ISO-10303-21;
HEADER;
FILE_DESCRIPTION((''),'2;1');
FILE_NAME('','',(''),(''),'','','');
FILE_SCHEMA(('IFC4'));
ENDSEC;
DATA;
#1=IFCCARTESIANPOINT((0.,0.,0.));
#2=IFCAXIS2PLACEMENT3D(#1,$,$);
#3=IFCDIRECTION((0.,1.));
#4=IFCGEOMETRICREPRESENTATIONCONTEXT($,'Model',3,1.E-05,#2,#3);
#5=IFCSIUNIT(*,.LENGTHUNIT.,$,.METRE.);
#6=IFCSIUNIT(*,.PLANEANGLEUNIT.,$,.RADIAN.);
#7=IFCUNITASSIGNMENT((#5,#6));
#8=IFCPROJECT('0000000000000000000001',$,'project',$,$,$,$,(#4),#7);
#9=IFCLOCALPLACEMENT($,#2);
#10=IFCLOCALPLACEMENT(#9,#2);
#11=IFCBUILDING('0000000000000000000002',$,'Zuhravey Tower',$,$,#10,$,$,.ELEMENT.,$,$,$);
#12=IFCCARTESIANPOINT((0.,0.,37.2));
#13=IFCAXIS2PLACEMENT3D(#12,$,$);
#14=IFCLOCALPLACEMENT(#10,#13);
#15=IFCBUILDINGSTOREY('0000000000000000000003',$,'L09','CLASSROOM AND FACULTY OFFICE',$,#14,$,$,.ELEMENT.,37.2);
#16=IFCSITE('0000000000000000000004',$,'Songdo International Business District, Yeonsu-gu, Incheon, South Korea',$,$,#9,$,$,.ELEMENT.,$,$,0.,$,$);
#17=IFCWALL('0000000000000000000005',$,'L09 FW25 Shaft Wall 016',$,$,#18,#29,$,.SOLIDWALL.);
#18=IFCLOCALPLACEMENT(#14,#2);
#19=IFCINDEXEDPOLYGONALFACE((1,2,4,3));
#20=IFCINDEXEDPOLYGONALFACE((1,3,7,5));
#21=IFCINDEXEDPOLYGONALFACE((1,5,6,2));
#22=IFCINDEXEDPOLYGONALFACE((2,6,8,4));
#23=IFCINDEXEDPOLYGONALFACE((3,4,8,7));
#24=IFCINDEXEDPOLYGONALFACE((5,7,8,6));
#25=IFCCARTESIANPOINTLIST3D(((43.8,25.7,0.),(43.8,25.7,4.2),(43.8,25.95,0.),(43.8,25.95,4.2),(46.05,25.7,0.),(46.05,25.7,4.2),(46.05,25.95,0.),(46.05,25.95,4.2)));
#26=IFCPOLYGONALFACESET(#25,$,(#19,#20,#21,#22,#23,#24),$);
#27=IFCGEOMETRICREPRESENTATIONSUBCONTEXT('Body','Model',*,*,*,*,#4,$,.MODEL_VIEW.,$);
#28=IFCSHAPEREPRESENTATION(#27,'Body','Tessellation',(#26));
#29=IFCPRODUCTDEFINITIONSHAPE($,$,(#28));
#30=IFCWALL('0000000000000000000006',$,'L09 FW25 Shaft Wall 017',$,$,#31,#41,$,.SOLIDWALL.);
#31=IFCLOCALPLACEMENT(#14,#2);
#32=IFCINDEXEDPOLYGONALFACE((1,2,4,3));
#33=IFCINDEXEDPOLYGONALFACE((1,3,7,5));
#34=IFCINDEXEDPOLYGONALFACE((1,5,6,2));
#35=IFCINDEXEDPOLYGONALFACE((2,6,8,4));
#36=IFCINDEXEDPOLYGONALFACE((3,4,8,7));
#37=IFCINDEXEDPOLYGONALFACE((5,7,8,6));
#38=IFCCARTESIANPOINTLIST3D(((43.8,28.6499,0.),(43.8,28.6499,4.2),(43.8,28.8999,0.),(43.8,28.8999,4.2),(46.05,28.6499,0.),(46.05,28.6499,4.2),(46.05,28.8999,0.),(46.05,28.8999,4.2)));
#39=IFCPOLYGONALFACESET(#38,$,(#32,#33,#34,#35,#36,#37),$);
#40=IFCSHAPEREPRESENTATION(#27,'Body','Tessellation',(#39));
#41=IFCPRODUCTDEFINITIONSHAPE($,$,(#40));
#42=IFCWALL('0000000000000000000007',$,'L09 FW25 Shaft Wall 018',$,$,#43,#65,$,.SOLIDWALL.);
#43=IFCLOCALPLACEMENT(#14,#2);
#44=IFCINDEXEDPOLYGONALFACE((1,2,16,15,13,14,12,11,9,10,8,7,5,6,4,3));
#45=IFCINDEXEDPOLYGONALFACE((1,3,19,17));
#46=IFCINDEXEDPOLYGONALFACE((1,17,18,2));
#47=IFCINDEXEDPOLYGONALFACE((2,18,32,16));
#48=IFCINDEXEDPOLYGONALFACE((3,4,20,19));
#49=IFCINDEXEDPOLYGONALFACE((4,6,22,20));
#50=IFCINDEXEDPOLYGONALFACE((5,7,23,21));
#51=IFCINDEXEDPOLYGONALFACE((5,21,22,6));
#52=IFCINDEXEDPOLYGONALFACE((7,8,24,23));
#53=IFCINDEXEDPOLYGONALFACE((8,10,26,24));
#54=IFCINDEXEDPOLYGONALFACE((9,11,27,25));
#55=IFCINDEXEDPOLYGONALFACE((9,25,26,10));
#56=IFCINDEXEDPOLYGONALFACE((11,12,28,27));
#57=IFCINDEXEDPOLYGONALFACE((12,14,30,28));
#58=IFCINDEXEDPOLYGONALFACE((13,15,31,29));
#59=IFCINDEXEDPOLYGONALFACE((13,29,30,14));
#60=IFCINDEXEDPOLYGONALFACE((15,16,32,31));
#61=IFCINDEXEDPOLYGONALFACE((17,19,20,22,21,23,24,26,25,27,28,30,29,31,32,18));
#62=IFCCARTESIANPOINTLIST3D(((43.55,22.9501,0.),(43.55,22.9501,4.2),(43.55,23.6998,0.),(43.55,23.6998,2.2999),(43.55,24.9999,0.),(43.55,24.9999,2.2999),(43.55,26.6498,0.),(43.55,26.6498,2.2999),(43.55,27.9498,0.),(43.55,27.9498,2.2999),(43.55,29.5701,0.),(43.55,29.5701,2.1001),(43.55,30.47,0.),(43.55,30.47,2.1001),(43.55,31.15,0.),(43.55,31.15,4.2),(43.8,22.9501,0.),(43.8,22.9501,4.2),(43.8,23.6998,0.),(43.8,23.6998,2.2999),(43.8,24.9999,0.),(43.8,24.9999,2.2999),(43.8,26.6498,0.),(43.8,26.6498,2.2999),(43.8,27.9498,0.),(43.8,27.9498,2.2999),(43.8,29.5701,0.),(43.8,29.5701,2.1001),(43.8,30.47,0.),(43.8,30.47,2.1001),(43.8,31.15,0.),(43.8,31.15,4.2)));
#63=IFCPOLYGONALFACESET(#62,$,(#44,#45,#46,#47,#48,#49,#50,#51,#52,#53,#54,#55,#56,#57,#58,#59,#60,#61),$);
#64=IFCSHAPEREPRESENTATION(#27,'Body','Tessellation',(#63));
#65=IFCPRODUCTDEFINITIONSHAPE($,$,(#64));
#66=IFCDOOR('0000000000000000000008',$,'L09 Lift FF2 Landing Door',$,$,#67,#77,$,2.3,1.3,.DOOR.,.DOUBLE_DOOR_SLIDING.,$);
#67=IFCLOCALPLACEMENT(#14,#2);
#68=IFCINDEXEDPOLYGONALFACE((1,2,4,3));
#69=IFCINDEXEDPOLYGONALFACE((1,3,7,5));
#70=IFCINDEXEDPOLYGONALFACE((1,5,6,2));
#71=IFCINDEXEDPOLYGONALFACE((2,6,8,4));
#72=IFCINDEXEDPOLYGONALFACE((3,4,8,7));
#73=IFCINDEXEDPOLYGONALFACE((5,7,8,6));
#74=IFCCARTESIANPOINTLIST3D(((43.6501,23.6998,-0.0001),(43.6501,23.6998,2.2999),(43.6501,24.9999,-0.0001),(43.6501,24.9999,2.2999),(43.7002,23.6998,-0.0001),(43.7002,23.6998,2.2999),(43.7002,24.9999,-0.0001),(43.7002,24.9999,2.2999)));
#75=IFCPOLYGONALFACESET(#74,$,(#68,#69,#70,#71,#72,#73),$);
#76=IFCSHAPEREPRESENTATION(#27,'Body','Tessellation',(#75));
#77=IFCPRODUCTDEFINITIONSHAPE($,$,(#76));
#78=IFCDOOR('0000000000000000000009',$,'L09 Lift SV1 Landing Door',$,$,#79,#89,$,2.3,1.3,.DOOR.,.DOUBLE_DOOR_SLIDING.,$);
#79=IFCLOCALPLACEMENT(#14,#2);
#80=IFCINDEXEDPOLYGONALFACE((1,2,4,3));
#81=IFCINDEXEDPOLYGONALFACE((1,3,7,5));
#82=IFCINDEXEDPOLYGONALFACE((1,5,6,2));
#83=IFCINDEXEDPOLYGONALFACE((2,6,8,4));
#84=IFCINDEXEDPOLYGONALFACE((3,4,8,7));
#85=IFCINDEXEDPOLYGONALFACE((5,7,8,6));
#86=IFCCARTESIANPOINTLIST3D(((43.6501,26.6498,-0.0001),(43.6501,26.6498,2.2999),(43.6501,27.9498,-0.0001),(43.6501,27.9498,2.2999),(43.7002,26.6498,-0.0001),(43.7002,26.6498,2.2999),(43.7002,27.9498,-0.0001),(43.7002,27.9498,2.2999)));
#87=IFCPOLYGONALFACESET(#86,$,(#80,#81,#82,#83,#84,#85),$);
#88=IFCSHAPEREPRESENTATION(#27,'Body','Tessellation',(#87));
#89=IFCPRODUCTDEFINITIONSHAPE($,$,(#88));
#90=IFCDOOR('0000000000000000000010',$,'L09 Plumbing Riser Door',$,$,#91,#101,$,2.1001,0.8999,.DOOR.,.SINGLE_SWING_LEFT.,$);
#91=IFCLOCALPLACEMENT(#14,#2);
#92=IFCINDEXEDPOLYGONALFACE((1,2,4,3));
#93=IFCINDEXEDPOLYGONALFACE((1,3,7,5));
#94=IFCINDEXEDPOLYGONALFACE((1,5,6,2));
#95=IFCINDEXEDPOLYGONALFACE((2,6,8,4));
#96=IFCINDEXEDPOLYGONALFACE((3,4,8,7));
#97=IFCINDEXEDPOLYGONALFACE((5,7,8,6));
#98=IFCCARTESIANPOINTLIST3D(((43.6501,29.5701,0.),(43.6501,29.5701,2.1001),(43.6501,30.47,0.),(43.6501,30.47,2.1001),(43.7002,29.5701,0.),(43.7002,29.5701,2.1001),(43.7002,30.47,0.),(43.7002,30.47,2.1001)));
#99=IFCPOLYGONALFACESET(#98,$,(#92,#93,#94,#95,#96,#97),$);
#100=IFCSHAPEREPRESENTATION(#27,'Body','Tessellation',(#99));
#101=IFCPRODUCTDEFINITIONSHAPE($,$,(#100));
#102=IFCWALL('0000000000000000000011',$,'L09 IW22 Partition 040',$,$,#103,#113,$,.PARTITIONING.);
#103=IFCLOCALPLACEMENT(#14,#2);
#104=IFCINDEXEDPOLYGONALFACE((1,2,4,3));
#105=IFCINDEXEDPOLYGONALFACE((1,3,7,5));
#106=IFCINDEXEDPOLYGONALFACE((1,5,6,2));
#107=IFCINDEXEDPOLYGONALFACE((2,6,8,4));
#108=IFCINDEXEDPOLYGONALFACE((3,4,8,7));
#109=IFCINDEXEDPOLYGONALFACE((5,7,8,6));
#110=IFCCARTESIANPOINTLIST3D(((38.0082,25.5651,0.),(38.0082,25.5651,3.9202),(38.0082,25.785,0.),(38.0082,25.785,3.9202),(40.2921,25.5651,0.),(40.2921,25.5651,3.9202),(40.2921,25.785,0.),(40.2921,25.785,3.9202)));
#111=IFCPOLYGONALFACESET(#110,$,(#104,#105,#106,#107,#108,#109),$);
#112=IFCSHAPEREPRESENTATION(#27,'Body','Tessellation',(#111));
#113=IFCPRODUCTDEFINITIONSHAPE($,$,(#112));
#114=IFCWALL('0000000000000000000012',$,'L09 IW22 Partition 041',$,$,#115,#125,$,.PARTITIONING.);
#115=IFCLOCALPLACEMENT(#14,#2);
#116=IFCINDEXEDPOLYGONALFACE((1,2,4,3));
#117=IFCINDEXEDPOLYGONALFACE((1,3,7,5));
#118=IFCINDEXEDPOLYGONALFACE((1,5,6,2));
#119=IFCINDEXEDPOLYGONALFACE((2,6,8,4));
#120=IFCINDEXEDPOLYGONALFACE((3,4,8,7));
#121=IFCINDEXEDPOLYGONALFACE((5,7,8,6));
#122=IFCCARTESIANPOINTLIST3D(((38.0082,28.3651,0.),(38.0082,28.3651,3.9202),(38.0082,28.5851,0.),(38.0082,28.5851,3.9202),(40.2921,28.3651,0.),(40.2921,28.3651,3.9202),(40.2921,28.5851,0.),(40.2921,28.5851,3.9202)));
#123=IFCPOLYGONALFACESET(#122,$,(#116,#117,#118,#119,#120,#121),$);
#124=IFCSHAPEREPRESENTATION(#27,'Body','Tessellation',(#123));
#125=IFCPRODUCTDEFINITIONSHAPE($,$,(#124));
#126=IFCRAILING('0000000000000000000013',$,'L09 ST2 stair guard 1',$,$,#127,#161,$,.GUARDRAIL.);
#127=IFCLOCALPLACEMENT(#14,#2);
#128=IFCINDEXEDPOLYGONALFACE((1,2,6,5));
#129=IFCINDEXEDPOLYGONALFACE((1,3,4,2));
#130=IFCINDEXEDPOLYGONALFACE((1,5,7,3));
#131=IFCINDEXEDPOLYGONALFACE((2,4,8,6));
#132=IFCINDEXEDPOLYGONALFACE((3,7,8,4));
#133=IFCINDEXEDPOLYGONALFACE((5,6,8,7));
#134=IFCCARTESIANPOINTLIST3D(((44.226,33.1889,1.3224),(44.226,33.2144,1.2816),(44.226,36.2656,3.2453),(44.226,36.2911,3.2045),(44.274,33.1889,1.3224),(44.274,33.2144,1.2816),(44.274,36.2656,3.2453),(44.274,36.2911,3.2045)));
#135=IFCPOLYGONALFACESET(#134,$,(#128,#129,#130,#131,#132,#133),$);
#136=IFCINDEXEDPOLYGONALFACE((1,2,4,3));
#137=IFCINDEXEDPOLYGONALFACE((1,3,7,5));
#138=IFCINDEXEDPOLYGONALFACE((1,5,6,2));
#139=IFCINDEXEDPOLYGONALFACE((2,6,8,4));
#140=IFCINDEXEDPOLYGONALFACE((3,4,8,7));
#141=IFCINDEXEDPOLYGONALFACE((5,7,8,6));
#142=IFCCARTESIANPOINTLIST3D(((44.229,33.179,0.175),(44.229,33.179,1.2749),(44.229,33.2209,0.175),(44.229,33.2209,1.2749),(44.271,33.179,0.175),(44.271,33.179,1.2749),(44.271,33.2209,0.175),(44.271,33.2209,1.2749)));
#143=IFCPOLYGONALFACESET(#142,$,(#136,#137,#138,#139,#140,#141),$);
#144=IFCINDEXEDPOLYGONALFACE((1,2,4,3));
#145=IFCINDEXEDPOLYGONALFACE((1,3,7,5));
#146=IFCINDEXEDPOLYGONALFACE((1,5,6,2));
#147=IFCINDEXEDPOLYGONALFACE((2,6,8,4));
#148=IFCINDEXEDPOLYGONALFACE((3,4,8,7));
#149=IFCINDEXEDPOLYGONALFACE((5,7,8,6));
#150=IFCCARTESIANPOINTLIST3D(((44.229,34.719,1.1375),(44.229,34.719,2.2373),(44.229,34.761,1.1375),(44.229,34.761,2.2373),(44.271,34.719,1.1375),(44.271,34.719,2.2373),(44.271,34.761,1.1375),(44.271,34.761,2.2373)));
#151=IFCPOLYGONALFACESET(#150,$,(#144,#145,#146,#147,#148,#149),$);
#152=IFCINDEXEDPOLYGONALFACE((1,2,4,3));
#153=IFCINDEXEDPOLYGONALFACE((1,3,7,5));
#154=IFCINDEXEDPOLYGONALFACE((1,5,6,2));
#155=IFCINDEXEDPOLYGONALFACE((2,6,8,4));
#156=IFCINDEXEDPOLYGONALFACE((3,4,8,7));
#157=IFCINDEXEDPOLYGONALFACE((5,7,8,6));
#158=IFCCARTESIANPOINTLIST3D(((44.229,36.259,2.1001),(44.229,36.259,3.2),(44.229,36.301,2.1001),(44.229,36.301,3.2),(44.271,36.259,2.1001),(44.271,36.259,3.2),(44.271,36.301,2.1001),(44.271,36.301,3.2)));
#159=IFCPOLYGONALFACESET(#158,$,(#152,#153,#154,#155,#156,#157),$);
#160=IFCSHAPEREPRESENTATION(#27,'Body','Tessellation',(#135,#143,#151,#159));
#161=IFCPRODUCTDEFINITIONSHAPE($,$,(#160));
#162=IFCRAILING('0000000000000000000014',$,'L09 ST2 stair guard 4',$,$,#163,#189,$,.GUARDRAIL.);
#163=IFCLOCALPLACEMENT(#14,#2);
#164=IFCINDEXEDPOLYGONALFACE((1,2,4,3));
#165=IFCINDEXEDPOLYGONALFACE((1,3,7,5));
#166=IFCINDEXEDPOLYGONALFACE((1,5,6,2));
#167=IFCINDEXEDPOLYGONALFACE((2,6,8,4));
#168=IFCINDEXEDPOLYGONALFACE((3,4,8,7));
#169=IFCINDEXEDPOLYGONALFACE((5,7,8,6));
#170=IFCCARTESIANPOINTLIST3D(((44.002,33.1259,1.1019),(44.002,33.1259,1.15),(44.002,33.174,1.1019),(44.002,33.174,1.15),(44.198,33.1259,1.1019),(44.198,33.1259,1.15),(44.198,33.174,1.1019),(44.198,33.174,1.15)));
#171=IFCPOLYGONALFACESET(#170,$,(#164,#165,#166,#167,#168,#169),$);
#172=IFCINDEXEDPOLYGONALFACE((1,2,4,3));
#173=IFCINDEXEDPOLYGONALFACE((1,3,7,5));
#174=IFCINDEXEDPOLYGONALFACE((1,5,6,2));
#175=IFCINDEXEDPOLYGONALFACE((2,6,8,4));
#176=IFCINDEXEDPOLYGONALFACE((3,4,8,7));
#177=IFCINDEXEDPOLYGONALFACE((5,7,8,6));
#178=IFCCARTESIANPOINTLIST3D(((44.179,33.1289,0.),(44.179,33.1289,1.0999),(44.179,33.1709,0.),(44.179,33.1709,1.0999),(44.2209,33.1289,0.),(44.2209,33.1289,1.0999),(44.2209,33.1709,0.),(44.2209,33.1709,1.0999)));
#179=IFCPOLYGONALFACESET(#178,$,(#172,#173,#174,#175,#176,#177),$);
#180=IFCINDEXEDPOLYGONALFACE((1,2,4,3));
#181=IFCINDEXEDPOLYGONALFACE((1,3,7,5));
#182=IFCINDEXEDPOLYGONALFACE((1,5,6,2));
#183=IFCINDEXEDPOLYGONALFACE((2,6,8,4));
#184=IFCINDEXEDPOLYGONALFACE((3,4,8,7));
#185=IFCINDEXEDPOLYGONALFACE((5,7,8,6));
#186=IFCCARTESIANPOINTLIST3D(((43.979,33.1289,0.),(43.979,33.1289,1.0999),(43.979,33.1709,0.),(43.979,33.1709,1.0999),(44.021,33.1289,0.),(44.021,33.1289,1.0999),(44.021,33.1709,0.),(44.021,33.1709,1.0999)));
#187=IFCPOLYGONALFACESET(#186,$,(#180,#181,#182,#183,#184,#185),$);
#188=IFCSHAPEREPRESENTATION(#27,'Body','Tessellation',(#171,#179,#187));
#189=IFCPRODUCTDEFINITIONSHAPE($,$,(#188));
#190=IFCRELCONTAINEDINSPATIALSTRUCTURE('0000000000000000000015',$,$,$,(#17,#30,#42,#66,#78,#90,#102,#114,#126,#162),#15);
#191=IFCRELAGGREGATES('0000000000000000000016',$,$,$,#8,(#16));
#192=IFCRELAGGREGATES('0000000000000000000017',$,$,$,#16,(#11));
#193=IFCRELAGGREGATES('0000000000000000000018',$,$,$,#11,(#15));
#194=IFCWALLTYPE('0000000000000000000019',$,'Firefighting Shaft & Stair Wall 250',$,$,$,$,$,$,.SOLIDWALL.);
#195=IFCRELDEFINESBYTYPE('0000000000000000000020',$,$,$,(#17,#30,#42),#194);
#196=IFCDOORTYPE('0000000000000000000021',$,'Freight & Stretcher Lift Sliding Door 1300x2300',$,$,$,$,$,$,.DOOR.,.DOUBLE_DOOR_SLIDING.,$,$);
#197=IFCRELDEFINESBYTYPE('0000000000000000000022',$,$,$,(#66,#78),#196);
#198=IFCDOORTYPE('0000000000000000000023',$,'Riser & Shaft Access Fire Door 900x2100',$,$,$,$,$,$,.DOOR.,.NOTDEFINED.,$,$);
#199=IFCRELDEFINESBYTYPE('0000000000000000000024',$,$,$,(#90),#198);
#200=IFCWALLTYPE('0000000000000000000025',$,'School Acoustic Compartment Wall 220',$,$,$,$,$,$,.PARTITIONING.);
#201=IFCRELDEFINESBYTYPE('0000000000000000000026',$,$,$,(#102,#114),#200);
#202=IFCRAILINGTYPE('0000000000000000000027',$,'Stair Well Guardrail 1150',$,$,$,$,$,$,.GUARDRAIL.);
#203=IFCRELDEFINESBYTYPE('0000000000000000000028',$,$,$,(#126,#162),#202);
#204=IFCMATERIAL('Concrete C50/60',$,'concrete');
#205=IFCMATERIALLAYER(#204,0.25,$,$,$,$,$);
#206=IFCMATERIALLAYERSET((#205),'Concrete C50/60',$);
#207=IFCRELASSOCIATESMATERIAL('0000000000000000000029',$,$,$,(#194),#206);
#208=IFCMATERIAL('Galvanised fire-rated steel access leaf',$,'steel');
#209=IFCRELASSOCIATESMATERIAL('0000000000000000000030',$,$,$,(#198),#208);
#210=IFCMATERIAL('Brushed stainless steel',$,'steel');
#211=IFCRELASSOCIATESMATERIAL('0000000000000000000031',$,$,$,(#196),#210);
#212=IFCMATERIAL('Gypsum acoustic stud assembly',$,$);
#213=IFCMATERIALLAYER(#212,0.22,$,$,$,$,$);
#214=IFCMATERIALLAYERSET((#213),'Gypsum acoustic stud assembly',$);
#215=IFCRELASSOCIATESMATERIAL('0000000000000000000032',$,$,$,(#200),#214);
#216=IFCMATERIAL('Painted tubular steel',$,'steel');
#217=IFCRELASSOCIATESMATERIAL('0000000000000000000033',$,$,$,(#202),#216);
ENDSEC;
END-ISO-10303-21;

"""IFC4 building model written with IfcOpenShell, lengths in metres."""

from ifc_helpers import new_model, si_unit, direction, frame, frame_2d, origin, origin_2d, place, context, subcontext, project, spatial, rectangle, extrude, material, layer, layer_set, type_object, element, fill, save


model = new_model("IFC4")

# Units and contexts
model_context = context("Model", 3, precision=1e-05, world=origin(), true_north=direction((0.0, 1.0)))
body_context = subcontext(model_context, "Body", "Model", "MODEL_VIEW")
ifc_project = project(units=[si_unit("LENGTHUNIT", "METRE"), si_unit("PLANEANGLEUNIT", "RADIAN")], contexts=[model_context])

# Site, building, storey
site_placement = place(None, origin())
site = spatial("IfcSite", under=ifc_project, at=site_placement, Name="Songdo International Business District, Yeonsu-gu, Incheon, South Korea", CompositionType="ELEMENT", RefElevation=0.0)
building_placement = place(site_placement, origin())
building = spatial("IfcBuilding", under=site, at=building_placement, Name="Zuhravey Tower", CompositionType="ELEMENT")
storey_placement = place(building_placement, frame((0.0, 0.0, 37.2)))
storey = spatial("IfcBuildingStorey", under=building, at=storey_placement, Name="L09", Description="CLASSROOM AND FACULTY OFFICE", CompositionType="ELEMENT", Elevation=37.2)

# Shared definitions
ifc_material_1 = material(Name="Concrete C50/60", Category="concrete")
ifc_layer_1 = layer(ifc_material_1, 0.25)
ifc_layer_set_1 = layer_set([ifc_layer_1], Name="Concrete C50/60")
wall_type_1 = type_object("IfcWallType", Name="Firefighting Shaft & Stair Wall 250", PredefinedType="SOLIDWALL", material=ifc_layer_set_1)

# Shared definitions
ifc_material_2 = material(Name="Galvanised fire-rated steel access leaf", Category="steel")
door_type_1 = type_object("IfcDoorType", Name="Riser & Shaft Access Fire Door 900x2100", OperationType="NOTDEFINED", PredefinedType="DOOR", material=ifc_material_2)

# Walls
for number, where, z_axis, x_axis, name in (
    (1, (43.8, 25.825, 0.0), (0.0, 0.0, 1.0), (1.0, 0.0, 0.0), "L09 FW25 Shaft Wall 016"),
    (2, (43.8, 28.7749, 0.0), (0.0, 0.0, 1.0), (1.0, 0.0, 0.0), "L09 FW25 Shaft Wall 017"),
):
    element("IfcWall", number, at=place(storey_placement, frame(where, z_axis=z_axis, x_axis=x_axis)), inside=storey, type_object=wall_type_1, Name=name, PredefinedType="SOLIDWALL", context=body_context, shape_type="SweptSolid", body=[
        extrude(rectangle(XDim=2.25, YDim=0.25, at=frame_2d((1.125, 0.0))), origin(), (0.0, 0.0, 1.0), 4.2),
    ])

# Wall, openings, doors
wall_1_placement = place(storey_placement, frame((43.675, 22.95, 0.0), z_axis=(0.0, 0.0, 1.0), x_axis=(0.0, 1.0, 0.0)))
wall_1 = element("IfcWall", 3, at=wall_1_placement, inside=storey, type_object=wall_type_1, Name="L09 FW25 Shaft Wall 018", PredefinedType="SOLIDWALL", context=body_context, shape_type="SweptSolid", body=[
    extrude(rectangle(XDim=8.2, YDim=0.25, at=frame_2d((4.1001, 0.0))), origin(), (0.0, 0.0, 1.0), 4.2),
])
opening_1_placement = place(wall_1_placement, frame((0.75, 0.0, 0.0)))
opening_1 = element("IfcOpeningElement", 4, at=opening_1_placement, cuts=wall_1, PredefinedType="OPENING", context=body_context, shape_type="SweptSolid", body=[
    extrude(rectangle(XDim=1.3, YDim=2.3, at=frame_2d((0.6499, 1.1499))), frame((0.0, 0.137, 0.0), z_axis=(0.0, -1.0, 0.0), x_axis=(1.0, 0.0, 0.0)), (0.0, 0.0, 1.0), 0.2739),
])
opening_2_placement = place(wall_1_placement, frame((3.7, 0.0, 0.0)))
opening_2 = element("IfcOpeningElement", 5, at=opening_2_placement, cuts=wall_1, PredefinedType="OPENING", context=body_context, shape_type="SweptSolid", body=[
    extrude(rectangle(XDim=1.3, YDim=2.3, at=frame_2d((0.6499, 1.1499))), frame((0.0, 0.137, 0.0), z_axis=(0.0, -1.0, 0.0), x_axis=(1.0, 0.0, 0.0)), (0.0, 0.0, 1.0), 0.2739),
])
opening_3_placement = place(wall_1_placement, frame((6.6201, 0.0, 0.0)))
opening_3 = element("IfcOpeningElement", 6, at=opening_3_placement, cuts=wall_1, PredefinedType="OPENING", context=body_context, shape_type="SweptSolid", body=[
    extrude(rectangle(XDim=0.8999, YDim=2.1001, at=frame_2d((0.45, 1.05))), frame((0.0, 0.137, 0.0), z_axis=(0.0, -1.0, 0.0), x_axis=(1.0, 0.0, 0.0)), (0.0, 0.0, 1.0), 0.2739),
])
ifc_material_3 = material(Name="Brushed stainless steel", Category="steel")
door_type_2 = type_object("IfcDoorType", Name="Freight & Stretcher Lift Sliding Door 1300x2300", OperationType="DOUBLE_DOOR_SLIDING", PredefinedType="DOOR", material=ifc_material_3)
door_1_placement = place(opening_1_placement, origin())
door_1 = element("IfcDoor", 7, at=door_1_placement, inside=storey, type_object=door_type_2, Name="L09 Lift FF2 Landing Door", OperationType="DOUBLE_DOOR_SLIDING", OverallHeight=2.3, OverallWidth=1.3, PredefinedType="DOOR", context=body_context, shape_type="SweptSolid", body=[
    extrude(rectangle(XDim=1.3, YDim=2.3, at=frame_2d((0.6499, 1.1499))), frame((0.0, 0.0249, 0.0), z_axis=(0.0, -1.0, 0.0), x_axis=(1.0, 0.0, 0.0)), (0.0, 0.0, 1.0), 0.05),
])
fill(opening_1, door_1)
door_2_placement = place(opening_2_placement, origin())
door_2 = element("IfcDoor", 8, at=door_2_placement, inside=storey, type_object=door_type_2, Name="L09 Lift SV1 Landing Door", OperationType="DOUBLE_DOOR_SLIDING", OverallHeight=2.3, OverallWidth=1.3, PredefinedType="DOOR", context=body_context, shape_type="SweptSolid", body=[
    extrude(rectangle(XDim=1.3, YDim=2.3, at=frame_2d((0.6499, 1.1499))), frame((0.0, 0.0249, 0.0), z_axis=(0.0, -1.0, 0.0), x_axis=(1.0, 0.0, 0.0)), (0.0, 0.0, 1.0), 0.05),
])
fill(opening_2, door_2)
door_3_placement = place(opening_3_placement, origin())
door_3 = element("IfcDoor", 9, at=door_3_placement, inside=storey, type_object=door_type_1, Name="L09 Plumbing Riser Door", OperationType="SINGLE_SWING_LEFT", OverallHeight=2.1001, OverallWidth=0.8999, PredefinedType="DOOR", context=body_context, shape_type="SweptSolid", body=[
    extrude(rectangle(XDim=0.8999, YDim=2.1001, at=frame_2d((0.45, 1.05))), frame((0.0, 0.0249, 0.0), z_axis=(0.0, -1.0, 0.0), x_axis=(1.0, 0.0, 0.0)), (0.0, 0.0, 1.0), 0.05),
])
fill(opening_3, door_3)

# Walls
ifc_material_4 = material(Name="Gypsum acoustic stud assembly")
ifc_layer_2 = layer(ifc_material_4, 0.22)
ifc_layer_set_2 = layer_set([ifc_layer_2], Name="Gypsum acoustic stud assembly")
wall_type_2 = type_object("IfcWallType", Name="School Acoustic Compartment Wall 220", PredefinedType="PARTITIONING", material=ifc_layer_set_2)
for number, where, z_axis, x_axis, name in (
    (10, (38.0081, 25.675, 0.0), (0.0, 0.0, 1.0), (1.0, 0.0, 0.0), "L09 IW22 Partition 040"),
    (11, (38.0081, 28.4751, 0.0), (0.0, 0.0, 1.0), (1.0, 0.0, 0.0), "L09 IW22 Partition 041"),
):
    element("IfcWall", number, at=place(storey_placement, frame(where, z_axis=z_axis, x_axis=x_axis)), inside=storey, type_object=wall_type_2, Name=name, PredefinedType="PARTITIONING", context=body_context, shape_type="SweptSolid", body=[
        extrude(rectangle(XDim=2.2839, YDim=0.22, at=frame_2d((1.1421, 0.0))), origin(), (0.0, 0.0, 1.0), 3.9202),
    ])

# Railings
ifc_material_5 = material(Name="Painted tubular steel", Category="steel")
railing_type = type_object("IfcRailingType", Name="Stair Well Guardrail 1150", PredefinedType="GUARDRAIL", material=ifc_material_5)
railing_1_placement = place(storey_placement, frame((44.25, 33.2, 0.175)))
element("IfcRailing", 12, at=railing_1_placement, inside=storey, type_object=railing_type, Name="L09 ST2 stair guard 1", PredefinedType="GUARDRAIL", context=body_context, shape_type="SweptSolid", body=[
    extrude(rectangle(XDim=0.0481, YDim=0.0481, at=origin_2d()), frame((0.0, 0.0017, 1.127), z_axis=(0.0, 0.847998, 0.529999), x_axis=(-1.0, 0.0, 0.0)), (0.0, 0.0, 1.0), 3.6282),
    extrude(rectangle(XDim=0.042, YDim=0.042, at=origin_2d()), origin(), (0.0, 0.0, 1.0), 1.0999),
    extrude(rectangle(XDim=0.042, YDim=0.042, at=origin_2d()), frame((0.0, 1.54, 0.9624)), (0.0, 0.0, 1.0), 1.0999),
    extrude(rectangle(XDim=0.042, YDim=0.042, at=origin_2d()), frame((0.0, 3.0801, 1.925)), (0.0, 0.0, 1.0), 1.0999),
])
railing_2_placement = place(storey_placement, frame((44.2, 33.1499, 0.0)))
element("IfcRailing", 13, at=railing_2_placement, inside=storey, type_object=railing_type, Name="L09 ST2 stair guard 4", PredefinedType="GUARDRAIL", context=body_context, shape_type="SweptSolid", body=[
    extrude(rectangle(XDim=0.0481, YDim=0.0481, at=origin_2d()), frame((-0.002, 0.0, 1.126), z_axis=(-1.0, 0.0, 0.0), x_axis=(0.0, -1.0, 0.0)), (0.0, 0.0, 1.0), 0.196),
    extrude(rectangle(XDim=0.042, YDim=0.042, at=origin_2d()), origin(), (0.0, 0.0, 1.0), 1.0999),
    extrude(rectangle(XDim=0.042, YDim=0.042, at=origin_2d()), frame((-0.2, 0.0, 0.0)), (0.0, 0.0, 1.0), 1.0999),
])

save(model, "model.ifc")
